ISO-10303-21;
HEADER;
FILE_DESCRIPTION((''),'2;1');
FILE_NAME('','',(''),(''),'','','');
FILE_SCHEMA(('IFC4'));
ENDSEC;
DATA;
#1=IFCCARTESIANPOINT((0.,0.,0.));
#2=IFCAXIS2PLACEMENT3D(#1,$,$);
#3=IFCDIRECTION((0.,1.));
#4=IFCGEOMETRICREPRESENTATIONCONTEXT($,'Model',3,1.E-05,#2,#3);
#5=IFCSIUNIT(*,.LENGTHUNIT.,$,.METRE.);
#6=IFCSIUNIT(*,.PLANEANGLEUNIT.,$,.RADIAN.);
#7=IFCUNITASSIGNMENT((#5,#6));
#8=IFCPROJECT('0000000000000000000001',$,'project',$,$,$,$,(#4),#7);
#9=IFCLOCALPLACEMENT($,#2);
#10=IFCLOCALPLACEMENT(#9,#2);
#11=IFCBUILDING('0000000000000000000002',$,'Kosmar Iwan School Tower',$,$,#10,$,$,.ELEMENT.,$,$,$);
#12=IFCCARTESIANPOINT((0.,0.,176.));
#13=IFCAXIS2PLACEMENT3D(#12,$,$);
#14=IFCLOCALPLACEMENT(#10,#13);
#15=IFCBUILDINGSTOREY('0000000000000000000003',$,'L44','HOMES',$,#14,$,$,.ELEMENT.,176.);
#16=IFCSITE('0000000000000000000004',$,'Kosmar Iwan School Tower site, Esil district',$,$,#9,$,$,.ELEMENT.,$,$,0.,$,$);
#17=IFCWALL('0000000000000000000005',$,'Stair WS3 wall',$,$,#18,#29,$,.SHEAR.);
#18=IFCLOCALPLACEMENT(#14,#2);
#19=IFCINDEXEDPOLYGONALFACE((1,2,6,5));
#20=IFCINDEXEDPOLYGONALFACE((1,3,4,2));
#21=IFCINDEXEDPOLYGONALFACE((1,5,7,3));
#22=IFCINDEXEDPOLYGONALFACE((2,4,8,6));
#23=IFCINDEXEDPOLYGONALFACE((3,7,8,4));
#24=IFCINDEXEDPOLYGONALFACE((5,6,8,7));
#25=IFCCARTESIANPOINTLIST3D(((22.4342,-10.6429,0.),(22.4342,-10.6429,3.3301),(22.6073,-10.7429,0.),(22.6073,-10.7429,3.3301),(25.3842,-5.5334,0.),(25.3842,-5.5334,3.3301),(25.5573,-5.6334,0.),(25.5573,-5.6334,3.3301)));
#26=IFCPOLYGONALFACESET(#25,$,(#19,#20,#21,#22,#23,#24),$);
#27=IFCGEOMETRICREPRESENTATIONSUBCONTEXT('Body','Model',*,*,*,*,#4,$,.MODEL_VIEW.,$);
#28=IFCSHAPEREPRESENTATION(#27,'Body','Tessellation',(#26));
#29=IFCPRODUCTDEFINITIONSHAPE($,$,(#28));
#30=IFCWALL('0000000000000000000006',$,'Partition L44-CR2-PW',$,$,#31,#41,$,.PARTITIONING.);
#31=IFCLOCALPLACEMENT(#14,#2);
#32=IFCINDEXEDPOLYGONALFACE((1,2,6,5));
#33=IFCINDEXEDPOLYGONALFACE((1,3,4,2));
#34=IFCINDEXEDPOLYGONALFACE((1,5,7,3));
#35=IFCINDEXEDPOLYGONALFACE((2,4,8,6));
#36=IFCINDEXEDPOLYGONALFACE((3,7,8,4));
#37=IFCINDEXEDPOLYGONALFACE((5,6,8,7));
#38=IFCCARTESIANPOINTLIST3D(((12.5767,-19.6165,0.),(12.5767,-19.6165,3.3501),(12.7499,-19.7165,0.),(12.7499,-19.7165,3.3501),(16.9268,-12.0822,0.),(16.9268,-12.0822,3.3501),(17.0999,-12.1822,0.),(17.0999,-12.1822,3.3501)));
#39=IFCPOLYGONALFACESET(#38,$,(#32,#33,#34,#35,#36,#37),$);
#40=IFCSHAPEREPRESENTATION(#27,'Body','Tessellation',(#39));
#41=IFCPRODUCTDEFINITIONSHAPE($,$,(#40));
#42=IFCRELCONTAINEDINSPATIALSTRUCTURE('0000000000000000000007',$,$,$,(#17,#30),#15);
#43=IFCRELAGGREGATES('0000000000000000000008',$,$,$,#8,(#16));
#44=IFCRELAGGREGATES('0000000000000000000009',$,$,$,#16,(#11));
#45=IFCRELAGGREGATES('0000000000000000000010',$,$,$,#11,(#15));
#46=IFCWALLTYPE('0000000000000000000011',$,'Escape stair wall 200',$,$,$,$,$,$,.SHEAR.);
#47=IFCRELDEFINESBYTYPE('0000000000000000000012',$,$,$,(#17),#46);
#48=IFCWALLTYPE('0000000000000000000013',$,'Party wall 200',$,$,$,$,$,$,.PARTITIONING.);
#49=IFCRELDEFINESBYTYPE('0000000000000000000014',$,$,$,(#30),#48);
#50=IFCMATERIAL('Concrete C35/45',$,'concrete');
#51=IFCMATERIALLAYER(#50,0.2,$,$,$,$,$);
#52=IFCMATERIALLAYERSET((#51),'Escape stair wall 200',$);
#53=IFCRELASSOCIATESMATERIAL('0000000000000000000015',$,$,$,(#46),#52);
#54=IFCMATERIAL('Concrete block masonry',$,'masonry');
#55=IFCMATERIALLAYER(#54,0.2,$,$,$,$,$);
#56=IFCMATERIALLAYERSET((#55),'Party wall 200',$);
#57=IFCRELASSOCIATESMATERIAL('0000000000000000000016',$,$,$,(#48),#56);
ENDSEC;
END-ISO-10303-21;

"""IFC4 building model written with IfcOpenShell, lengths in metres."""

from ifc_helpers import new_model, si_unit, direction, frame, frame_2d, origin, place, context, subcontext, project, spatial, rectangle, extrude, material, layer, layer_set, type_object, element, save


model = new_model("IFC4")

# Units and contexts
model_context = context("Model", 3, precision=1e-05, world=origin(), true_north=direction((0.0, 1.0)))
body_context = subcontext(model_context, "Body", "Model", "MODEL_VIEW")
ifc_project = project(units=[si_unit("LENGTHUNIT", "METRE"), si_unit("PLANEANGLEUNIT", "RADIAN")], contexts=[model_context])

# Site, building, storey
site_placement = place(None, origin())
site = spatial("IfcSite", under=ifc_project, at=site_placement, Name="Kosmar Iwan School Tower site, Esil district", CompositionType="ELEMENT", RefElevation=0.0)
building_placement = place(site_placement, origin())
building = spatial("IfcBuilding", under=site, at=building_placement, Name="Kosmar Iwan School Tower", CompositionType="ELEMENT")
storey_placement = place(building_placement, frame((0.0, 0.0, 176.0)))
storey = spatial("IfcBuildingStorey", under=building, at=storey_placement, Name="L44", Description="HOMES", CompositionType="ELEMENT", Elevation=176.0)

# Walls
ifc_material_1 = material(Name="Concrete C35/45", Category="concrete")
ifc_layer_1 = layer(ifc_material_1, 0.2)
ifc_layer_set_1 = layer_set([ifc_layer_1], Name="Escape stair wall 200")
wall_type_1 = type_object("IfcWallType", Name="Escape stair wall 200", PredefinedType="SHEAR", material=ifc_layer_set_1)
wall_1_placement = place(storey_placement, frame((22.5208, -10.6929, 0.0), z_axis=(0.0, 0.0, 1.0), x_axis=(0.500007, 0.866022, 0.0)))
element("IfcWall", 1, at=wall_1_placement, inside=storey, type_object=wall_type_1, Name="Stair WS3 wall", PredefinedType="SHEAR", context=body_context, shape_type="SweptSolid", body=[
    extrude(rectangle(XDim=5.8999, YDim=0.2, at=frame_2d((2.95, 0.0))), origin(), (0.0, 0.0, 1.0), 3.3301),
])
ifc_material_2 = material(Name="Concrete block masonry", Category="masonry")
ifc_layer_2 = layer(ifc_material_2, 0.2)
ifc_layer_set_2 = layer_set([ifc_layer_2], Name="Party wall 200")
wall_type_2 = type_object("IfcWallType", Name="Party wall 200", PredefinedType="PARTITIONING", material=ifc_layer_set_2)
wall_2_placement = place(storey_placement, frame((17.0134, -12.1321, 0.0), z_axis=(0.0, 0.0, 1.0), x_axis=(-0.500008, -0.866021, 0.0)))
element("IfcWall", 2, at=wall_2_placement, inside=storey, type_object=wall_type_2, Name="Partition L44-CR2-PW", PredefinedType="PARTITIONING", context=body_context, shape_type="SweptSolid", body=[
    extrude(rectangle(XDim=8.7, YDim=0.2, at=frame_2d((4.3501, 0.0))), origin(), (0.0, 0.0, 1.0), 3.3501),
])

save(model, "model.ifc")
